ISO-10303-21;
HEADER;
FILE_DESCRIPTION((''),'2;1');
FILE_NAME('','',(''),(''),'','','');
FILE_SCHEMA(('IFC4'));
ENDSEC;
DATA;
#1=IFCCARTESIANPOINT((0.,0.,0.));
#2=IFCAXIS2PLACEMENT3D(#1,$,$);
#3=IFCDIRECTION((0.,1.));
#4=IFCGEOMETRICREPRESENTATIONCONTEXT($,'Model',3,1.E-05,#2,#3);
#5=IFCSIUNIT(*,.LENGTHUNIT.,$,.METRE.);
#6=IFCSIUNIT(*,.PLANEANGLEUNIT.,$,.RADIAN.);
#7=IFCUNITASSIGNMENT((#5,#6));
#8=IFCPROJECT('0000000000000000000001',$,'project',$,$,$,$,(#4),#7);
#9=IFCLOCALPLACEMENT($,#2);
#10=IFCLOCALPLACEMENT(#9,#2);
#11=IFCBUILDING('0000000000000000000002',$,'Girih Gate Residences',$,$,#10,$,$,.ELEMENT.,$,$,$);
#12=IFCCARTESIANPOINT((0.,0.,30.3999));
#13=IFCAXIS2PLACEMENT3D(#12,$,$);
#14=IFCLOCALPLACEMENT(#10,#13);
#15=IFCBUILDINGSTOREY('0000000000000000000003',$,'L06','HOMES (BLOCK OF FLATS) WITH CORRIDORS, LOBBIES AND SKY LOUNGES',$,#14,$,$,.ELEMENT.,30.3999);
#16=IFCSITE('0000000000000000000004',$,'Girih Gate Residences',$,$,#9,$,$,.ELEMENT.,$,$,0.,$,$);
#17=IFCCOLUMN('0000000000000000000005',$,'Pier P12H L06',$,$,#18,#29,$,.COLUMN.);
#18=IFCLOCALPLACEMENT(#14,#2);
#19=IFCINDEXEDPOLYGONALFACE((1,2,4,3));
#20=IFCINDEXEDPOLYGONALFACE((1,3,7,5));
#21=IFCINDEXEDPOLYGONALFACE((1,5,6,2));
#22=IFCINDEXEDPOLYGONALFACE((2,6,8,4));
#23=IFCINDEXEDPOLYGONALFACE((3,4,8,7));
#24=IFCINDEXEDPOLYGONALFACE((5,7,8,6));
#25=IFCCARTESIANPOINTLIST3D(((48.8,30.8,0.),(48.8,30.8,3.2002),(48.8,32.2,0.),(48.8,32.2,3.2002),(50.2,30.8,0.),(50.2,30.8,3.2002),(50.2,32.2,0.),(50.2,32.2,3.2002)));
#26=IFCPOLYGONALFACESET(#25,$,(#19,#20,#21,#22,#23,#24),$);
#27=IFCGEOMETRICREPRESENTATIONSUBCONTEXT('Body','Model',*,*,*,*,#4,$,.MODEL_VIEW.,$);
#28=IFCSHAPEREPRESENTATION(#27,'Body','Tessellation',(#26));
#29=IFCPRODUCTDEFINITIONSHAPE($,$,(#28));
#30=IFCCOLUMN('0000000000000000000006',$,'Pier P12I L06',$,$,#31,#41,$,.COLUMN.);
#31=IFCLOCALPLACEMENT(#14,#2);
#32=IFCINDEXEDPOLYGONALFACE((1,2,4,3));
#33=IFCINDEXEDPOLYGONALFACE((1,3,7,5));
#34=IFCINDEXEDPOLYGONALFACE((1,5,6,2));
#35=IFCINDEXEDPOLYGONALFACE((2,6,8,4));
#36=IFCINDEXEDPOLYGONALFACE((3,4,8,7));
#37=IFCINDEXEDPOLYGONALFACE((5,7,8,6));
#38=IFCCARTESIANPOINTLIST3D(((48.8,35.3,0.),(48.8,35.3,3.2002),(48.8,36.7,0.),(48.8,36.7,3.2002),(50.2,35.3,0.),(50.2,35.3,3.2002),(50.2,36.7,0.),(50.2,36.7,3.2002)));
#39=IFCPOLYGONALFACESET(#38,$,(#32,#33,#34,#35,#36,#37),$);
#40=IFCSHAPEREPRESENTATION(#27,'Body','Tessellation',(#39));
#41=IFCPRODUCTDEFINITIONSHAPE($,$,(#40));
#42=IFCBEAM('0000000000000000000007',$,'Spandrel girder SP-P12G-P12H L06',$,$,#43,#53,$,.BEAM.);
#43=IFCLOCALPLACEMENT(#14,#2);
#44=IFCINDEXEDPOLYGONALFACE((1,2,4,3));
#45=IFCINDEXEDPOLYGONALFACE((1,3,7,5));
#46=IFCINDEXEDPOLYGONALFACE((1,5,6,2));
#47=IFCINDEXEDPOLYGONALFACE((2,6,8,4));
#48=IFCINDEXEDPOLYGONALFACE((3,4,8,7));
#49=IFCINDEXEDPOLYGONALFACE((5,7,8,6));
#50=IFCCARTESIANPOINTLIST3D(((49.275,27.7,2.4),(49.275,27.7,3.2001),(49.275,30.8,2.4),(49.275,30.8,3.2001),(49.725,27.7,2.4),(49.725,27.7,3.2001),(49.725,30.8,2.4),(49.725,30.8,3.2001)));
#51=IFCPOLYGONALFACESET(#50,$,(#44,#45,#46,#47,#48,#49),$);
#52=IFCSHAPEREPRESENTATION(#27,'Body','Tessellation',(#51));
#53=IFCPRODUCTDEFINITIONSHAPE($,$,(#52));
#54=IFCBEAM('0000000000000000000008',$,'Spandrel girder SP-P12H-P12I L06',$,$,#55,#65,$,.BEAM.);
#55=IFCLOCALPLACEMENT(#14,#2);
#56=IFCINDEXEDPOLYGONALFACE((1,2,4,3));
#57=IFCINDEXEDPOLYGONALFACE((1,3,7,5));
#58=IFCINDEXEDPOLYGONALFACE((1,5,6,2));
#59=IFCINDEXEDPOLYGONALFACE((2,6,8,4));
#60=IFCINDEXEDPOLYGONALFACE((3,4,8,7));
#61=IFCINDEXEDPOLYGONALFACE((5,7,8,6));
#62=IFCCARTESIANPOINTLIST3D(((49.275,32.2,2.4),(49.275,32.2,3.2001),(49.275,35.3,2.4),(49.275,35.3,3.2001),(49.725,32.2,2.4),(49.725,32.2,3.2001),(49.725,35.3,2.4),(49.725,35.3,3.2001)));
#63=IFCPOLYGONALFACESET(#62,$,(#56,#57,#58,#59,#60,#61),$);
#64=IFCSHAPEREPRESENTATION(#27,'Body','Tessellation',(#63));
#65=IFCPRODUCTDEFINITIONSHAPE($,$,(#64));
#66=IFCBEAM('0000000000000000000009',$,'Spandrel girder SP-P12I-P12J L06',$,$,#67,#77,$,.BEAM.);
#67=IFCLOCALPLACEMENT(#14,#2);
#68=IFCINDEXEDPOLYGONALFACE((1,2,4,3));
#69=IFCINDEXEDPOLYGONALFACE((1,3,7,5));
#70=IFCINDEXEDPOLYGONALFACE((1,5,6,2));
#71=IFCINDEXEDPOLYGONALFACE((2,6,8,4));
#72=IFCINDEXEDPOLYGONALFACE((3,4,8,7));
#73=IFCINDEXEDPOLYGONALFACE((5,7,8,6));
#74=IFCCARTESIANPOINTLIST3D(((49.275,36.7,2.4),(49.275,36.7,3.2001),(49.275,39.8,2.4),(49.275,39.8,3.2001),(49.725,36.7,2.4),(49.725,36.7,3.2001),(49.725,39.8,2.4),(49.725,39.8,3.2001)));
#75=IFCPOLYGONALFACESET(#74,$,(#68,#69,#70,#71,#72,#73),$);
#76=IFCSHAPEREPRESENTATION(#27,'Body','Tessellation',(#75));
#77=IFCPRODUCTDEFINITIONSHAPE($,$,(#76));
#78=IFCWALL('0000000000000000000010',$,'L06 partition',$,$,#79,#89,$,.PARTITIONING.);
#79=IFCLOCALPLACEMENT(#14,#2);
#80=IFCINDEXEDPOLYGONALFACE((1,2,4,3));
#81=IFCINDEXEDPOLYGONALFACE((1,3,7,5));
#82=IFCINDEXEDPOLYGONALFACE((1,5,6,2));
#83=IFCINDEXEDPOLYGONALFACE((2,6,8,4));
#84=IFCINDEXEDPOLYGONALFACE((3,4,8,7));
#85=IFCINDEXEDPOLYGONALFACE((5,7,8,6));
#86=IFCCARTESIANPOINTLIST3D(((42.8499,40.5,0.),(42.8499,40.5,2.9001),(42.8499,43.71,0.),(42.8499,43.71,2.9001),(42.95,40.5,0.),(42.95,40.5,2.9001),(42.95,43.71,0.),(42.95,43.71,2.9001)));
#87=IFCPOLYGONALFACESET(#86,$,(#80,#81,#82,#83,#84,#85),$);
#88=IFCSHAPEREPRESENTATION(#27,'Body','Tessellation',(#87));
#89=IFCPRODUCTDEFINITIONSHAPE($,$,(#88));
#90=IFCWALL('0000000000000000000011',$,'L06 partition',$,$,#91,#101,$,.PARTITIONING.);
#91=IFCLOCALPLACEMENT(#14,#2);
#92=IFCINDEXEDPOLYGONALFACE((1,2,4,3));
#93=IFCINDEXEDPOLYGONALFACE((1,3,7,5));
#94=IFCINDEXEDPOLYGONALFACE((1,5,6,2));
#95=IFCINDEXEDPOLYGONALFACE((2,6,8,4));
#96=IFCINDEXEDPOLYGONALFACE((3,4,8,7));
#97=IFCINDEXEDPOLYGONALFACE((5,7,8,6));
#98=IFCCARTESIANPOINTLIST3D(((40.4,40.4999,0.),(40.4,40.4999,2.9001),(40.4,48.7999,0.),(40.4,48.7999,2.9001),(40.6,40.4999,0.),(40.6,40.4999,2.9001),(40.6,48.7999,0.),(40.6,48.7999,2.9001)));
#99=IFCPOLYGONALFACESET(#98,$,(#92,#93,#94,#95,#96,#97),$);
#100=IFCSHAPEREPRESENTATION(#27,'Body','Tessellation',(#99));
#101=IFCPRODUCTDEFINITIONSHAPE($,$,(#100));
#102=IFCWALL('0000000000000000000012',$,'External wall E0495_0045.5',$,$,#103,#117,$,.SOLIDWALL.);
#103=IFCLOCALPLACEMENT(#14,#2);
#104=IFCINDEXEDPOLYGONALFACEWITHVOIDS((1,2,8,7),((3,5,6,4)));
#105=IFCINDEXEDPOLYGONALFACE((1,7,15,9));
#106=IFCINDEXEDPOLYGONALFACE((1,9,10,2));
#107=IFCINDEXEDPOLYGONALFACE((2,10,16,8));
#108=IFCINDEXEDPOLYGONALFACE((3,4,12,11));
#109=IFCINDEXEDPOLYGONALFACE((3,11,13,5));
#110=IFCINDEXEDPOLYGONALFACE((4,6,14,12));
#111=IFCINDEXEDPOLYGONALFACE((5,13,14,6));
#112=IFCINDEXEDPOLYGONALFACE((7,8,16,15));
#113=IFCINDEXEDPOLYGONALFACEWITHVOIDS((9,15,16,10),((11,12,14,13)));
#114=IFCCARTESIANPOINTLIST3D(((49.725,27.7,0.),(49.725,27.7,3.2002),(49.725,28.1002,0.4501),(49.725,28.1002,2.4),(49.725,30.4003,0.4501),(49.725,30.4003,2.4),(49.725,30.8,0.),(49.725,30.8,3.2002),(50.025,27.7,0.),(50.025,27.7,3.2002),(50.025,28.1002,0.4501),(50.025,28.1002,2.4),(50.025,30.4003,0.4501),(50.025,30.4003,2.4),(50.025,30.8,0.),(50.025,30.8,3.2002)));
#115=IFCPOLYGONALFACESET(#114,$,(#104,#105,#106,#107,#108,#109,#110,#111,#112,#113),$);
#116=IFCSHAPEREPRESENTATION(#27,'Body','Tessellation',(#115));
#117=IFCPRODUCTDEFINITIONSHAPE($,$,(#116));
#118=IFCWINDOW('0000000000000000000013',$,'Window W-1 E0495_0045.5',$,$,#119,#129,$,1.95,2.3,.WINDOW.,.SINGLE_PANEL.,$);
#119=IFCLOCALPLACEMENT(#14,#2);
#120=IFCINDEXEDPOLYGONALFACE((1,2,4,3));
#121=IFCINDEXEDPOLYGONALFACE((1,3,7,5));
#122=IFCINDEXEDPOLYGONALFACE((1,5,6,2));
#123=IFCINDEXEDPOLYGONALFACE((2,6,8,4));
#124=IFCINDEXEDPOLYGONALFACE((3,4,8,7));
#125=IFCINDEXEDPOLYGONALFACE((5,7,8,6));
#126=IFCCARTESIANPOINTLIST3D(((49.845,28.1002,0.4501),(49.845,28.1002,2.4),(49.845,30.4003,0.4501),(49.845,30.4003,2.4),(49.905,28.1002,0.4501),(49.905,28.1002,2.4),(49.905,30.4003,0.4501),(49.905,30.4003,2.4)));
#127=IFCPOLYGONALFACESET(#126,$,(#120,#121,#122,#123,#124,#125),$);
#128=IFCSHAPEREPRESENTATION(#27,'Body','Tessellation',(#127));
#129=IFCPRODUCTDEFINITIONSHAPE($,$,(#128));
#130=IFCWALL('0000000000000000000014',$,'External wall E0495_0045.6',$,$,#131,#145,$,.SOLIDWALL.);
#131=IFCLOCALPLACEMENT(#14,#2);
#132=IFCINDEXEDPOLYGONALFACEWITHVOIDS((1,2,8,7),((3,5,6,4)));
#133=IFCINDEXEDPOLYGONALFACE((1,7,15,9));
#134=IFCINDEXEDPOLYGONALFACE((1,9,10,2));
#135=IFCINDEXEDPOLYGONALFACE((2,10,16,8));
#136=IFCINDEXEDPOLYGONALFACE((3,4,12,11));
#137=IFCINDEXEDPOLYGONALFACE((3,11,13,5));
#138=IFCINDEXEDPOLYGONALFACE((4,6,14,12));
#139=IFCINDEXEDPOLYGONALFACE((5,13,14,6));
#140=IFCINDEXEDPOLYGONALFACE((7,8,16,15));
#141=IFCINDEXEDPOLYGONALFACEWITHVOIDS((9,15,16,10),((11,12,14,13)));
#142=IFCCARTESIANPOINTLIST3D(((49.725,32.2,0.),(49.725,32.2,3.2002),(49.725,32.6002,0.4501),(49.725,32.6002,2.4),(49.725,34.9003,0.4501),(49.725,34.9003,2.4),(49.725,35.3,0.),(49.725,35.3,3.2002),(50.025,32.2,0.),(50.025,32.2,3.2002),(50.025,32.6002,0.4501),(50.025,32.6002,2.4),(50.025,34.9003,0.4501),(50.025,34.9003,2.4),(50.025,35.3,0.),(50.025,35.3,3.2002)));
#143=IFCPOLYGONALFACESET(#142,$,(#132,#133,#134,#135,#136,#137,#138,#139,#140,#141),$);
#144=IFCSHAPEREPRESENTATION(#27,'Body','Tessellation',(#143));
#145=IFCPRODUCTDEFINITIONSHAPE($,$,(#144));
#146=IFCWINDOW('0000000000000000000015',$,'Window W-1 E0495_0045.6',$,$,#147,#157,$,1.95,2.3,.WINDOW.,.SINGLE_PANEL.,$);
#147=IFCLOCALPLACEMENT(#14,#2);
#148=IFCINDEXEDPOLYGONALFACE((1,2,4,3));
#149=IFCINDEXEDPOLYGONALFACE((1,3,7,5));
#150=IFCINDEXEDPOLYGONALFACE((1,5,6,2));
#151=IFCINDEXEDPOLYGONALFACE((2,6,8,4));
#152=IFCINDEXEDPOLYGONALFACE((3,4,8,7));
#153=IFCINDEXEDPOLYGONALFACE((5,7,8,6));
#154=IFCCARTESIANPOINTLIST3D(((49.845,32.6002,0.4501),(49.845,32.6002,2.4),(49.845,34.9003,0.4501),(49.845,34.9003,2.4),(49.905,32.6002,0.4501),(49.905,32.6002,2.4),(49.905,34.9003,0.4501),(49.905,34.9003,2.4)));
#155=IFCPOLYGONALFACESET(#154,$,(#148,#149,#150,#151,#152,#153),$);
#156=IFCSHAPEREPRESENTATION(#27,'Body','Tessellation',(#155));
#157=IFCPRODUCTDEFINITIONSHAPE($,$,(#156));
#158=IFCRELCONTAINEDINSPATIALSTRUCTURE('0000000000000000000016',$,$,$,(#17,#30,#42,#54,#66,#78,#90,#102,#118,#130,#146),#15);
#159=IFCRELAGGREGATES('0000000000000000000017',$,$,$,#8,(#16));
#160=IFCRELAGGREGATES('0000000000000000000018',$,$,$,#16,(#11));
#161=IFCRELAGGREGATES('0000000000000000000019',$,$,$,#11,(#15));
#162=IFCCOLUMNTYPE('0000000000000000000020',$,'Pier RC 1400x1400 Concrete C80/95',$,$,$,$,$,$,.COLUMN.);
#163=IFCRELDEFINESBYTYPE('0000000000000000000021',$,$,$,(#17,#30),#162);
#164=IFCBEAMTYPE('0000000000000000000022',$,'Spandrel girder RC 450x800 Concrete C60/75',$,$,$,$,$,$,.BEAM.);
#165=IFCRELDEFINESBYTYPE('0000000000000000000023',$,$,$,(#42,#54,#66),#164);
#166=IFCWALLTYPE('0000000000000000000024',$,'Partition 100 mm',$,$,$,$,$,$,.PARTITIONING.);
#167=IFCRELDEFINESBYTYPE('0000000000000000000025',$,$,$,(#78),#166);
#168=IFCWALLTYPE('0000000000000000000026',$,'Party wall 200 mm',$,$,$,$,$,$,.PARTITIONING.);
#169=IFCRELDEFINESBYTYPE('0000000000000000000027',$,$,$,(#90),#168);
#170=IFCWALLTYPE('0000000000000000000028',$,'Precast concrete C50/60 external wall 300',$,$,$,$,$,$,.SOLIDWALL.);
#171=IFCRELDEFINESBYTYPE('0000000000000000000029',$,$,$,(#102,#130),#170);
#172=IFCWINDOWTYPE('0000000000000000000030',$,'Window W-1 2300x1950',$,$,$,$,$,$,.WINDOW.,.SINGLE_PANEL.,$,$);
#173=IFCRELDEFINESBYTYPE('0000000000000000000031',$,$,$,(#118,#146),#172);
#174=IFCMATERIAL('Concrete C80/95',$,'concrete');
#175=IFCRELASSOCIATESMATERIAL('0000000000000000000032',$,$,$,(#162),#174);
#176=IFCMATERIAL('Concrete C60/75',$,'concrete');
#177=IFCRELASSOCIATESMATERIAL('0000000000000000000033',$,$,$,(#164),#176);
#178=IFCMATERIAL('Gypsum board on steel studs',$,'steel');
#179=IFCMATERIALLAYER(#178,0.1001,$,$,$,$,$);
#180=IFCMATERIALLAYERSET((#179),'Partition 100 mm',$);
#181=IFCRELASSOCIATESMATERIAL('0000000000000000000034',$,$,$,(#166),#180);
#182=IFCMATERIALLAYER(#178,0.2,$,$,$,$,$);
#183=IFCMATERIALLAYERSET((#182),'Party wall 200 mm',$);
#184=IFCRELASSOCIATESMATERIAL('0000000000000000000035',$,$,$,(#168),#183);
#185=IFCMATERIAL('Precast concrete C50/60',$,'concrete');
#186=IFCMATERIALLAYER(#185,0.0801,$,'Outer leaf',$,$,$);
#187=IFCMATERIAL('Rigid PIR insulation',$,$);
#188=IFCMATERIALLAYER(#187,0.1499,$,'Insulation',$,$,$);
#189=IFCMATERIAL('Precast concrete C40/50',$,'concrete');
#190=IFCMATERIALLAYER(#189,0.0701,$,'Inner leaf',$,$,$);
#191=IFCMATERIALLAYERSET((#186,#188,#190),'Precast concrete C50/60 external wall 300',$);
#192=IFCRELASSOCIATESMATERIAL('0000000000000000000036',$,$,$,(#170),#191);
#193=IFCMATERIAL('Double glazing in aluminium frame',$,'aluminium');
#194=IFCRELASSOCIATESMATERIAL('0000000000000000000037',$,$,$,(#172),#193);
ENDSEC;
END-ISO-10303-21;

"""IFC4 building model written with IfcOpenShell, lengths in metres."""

from ifc_helpers import new_model, si_unit, direction, frame, frame_2d, origin, origin_2d, place, context, subcontext, project, spatial, rectangle, extrude, material, layer, layer_set, material_profile, profile_set, type_object, element, fill, save


model = new_model("IFC4")

# Units and contexts
model_context = context("Model", 3, precision=1e-05, world=origin(), true_north=direction((0.0, 1.0)))
body_context = subcontext(model_context, "Body", "Model", "MODEL_VIEW")
ifc_project = project(units=[si_unit("LENGTHUNIT", "METRE"), si_unit("PLANEANGLEUNIT", "RADIAN")], contexts=[model_context])

# Site, building, storey
site_placement = place(None, origin())
site = spatial("IfcSite", under=ifc_project, at=site_placement, Name="Girih Gate Residences", CompositionType="ELEMENT", RefElevation=0.0)
building_placement = place(site_placement, origin())
building = spatial("IfcBuilding", under=site, at=building_placement, Name="Girih Gate Residences", CompositionType="ELEMENT")
storey_placement = place(building_placement, frame((0.0, 0.0, 30.3999)))
storey = spatial("IfcBuildingStorey", under=building, at=storey_placement, Name="L06", Description="HOMES (BLOCK OF FLATS) WITH CORRIDORS, LOBBIES AND SKY LOUNGES", CompositionType="ELEMENT", Elevation=30.3999)

# Columns
ifc_material_1 = material(Name="Concrete C80/95", Category="concrete")
ifc_material_profile_1 = material_profile(ifc_material_1, rectangle(XDim=1.3999, YDim=1.3999, at=origin_2d()))
ifc_profile_set_1 = profile_set([ifc_material_profile_1], Name="Concrete C80/95")
column_type = type_object("IfcColumnType", Name="Pier RC 1400x1400 Concrete C80/95", PredefinedType="COLUMN", material=ifc_profile_set_1)
for number, where, z_axis, x_axis, name in (
    (1, (49.5, 31.5, 0.0), (0.0, 0.0, 1.0), (1.0, 0.0, 0.0), "Pier P12H L06"),
    (2, (49.5, 36.0, 0.0), (0.0, 0.0, 1.0), (1.0, 0.0, 0.0), "Pier P12I L06"),
):
    element("IfcColumn", number, at=place(storey_placement, frame(where, z_axis=z_axis, x_axis=x_axis)), inside=storey, type_object=column_type, Name=name, PredefinedType="COLUMN", context=body_context, shape_type="SweptSolid", body=[
        extrude(rectangle(XDim=1.3999, YDim=1.3999, at=origin_2d()), origin(), (0.0, 0.0, 1.0), 3.2002),
    ])

# Beams
ifc_material_2 = material(Name="Concrete C60/75", Category="concrete")
ifc_material_profile_2 = material_profile(ifc_material_2, rectangle(XDim=0.45, YDim=0.8, at=origin_2d()))
ifc_profile_set_2 = profile_set([ifc_material_profile_2], Name="Concrete C60/75")
beam_type = type_object("IfcBeamType", Name="Spandrel girder RC 450x800 Concrete C60/75", PredefinedType="BEAM", material=ifc_profile_set_2)
for number, where, z_axis, x_axis, name in (
    (3, (49.5, 27.7, 2.8), (0.0, 1.0, 0.0), (-1.0, 0.0, 0.0), "Spandrel girder SP-P12G-P12H L06"),
    (4, (49.5, 32.2, 2.8), (0.0, 1.0, 0.0), (-1.0, 0.0, 0.0), "Spandrel girder SP-P12H-P12I L06"),
    (5, (49.5, 36.7, 2.8), (0.0, 1.0, 0.0), (-1.0, 0.0, 0.0), "Spandrel girder SP-P12I-P12J L06"),
):
    element("IfcBeam", number, at=place(storey_placement, frame(where, z_axis=z_axis, x_axis=x_axis)), inside=storey, type_object=beam_type, Name=name, PredefinedType="BEAM", context=body_context, shape_type="SweptSolid", body=[
        extrude(rectangle(XDim=0.45, YDim=0.8, at=origin_2d()), origin(), (0.0, 0.0, 1.0), 3.1001),
    ])

# Walls
ifc_material_3 = material(Name="Gypsum board on steel studs", Category="steel")
ifc_layer_1 = layer(ifc_material_3, 0.1001)
ifc_layer_set_1 = layer_set([ifc_layer_1], Name="Partition 100 mm")
wall_type_1 = type_object("IfcWallType", Name="Partition 100 mm", PredefinedType="PARTITIONING", material=ifc_layer_set_1)
wall_1_placement = place(storey_placement, frame((42.8999, 40.5, 0.0), z_axis=(0.0, 0.0, 1.0), x_axis=(0.0, 1.0, 0.0)))
element("IfcWall", 6, at=wall_1_placement, inside=storey, type_object=wall_type_1, Name="L06 partition", PredefinedType="PARTITIONING", context=body_context, shape_type="SweptSolid", body=[
    extrude(rectangle(XDim=3.21, YDim=0.1001, at=frame_2d((1.605, 0.0))), origin(), (0.0, 0.0, 1.0), 2.9001),
])
ifc_layer_2 = layer(ifc_material_3, 0.2)
ifc_layer_set_2 = layer_set([ifc_layer_2], Name="Party wall 200 mm")
wall_type_2 = type_object("IfcWallType", Name="Party wall 200 mm", PredefinedType="PARTITIONING", material=ifc_layer_set_2)
wall_2_placement = place(storey_placement, frame((40.5, 40.5, 0.0), z_axis=(0.0, 0.0, 1.0), x_axis=(0.0, 1.0, 0.0)))
element("IfcWall", 7, at=wall_2_placement, inside=storey, type_object=wall_type_2, Name="L06 partition", PredefinedType="PARTITIONING", context=body_context, shape_type="SweptSolid", body=[
    extrude(rectangle(XDim=8.3, YDim=0.2, at=frame_2d((4.1499, 0.0))), origin(), (0.0, 0.0, 1.0), 2.9001),
])

# Walls, openings, windows
ifc_material_4 = material(Name="Precast concrete C50/60", Category="concrete")
ifc_layer_3 = layer(ifc_material_4, 0.0801, Name="Outer leaf")
ifc_material_5 = material(Name="Rigid PIR insulation")
ifc_layer_4 = layer(ifc_material_5, 0.1499, Name="Insulation")
ifc_material_6 = material(Name="Precast concrete C40/50", Category="concrete")
ifc_layer_5 = layer(ifc_material_6, 0.0701, Name="Inner leaf")
ifc_layer_set_3 = layer_set([ifc_layer_3, ifc_layer_4, ifc_layer_5], Name="Precast concrete C50/60 external wall 300")
wall_type_3 = type_object("IfcWallType", Name="Precast concrete C50/60 external wall 300", PredefinedType="SOLIDWALL", material=ifc_layer_set_3)
wall_3_placement = place(storey_placement, frame((49.875, 30.8, 0.0), z_axis=(0.0, 0.0, 1.0), x_axis=(0.0, -1.0, 0.0)))
wall_3 = element("IfcWall", 8, at=wall_3_placement, inside=storey, type_object=wall_type_3, Name="External wall E0495_0045.5", PredefinedType="SOLIDWALL", context=body_context, shape_type="SweptSolid", body=[
    extrude(rectangle(XDim=3.1001, YDim=0.3, at=frame_2d((1.55, 0.0))), origin(), (0.0, 0.0, 1.0), 3.2002),
])
opening_1_placement = place(wall_3_placement, frame((0.3999, 0.0, 0.45)))
opening_1 = element("IfcOpeningElement", 9, at=opening_1_placement, cuts=wall_3, PredefinedType="OPENING", context=body_context, shape_type="SweptSolid", body=[
    extrude(rectangle(XDim=2.3, YDim=1.95, at=frame_2d((1.1499, 0.9751))), frame((0.0, 0.1599, 0.0), z_axis=(0.0, -1.0, 0.0), x_axis=(1.0, 0.0, 0.0)), (0.0, 0.0, 1.0), 0.3201),
])
ifc_material_7 = material(Name="Double glazing in aluminium frame", Category="aluminium")
window_type = type_object("IfcWindowType", Name="Window W-1 2300x1950", PartitioningType="SINGLE_PANEL", PredefinedType="WINDOW", material=ifc_material_7)
window_1_placement = place(opening_1_placement, origin())
window_1 = element("IfcWindow", 10, at=window_1_placement, inside=storey, type_object=window_type, Name="Window W-1 E0495_0045.5", OverallHeight=1.95, OverallWidth=2.3, PartitioningType="SINGLE_PANEL", PredefinedType="WINDOW", context=body_context, shape_type="SweptSolid", body=[
    extrude(rectangle(XDim=2.3, YDim=1.95, at=frame_2d((1.1499, 0.9751))), frame((0.0, 0.03, 0.0), z_axis=(0.0, -1.0, 0.0), x_axis=(1.0, 0.0, 0.0)), (0.0, 0.0, 1.0), 0.0601),
])
fill(opening_1, window_1)
wall_4_placement = place(storey_placement, frame((49.875, 35.3, 0.0), z_axis=(0.0, 0.0, 1.0), x_axis=(0.0, -1.0, 0.0)))
wall_4 = element("IfcWall", 11, at=wall_4_placement, inside=storey, type_object=wall_type_3, Name="External wall E0495_0045.6", PredefinedType="SOLIDWALL", context=body_context, shape_type="SweptSolid", body=[
    extrude(rectangle(XDim=3.1001, YDim=0.3, at=frame_2d((1.55, 0.0))), origin(), (0.0, 0.0, 1.0), 3.2002),
])
opening_2_placement = place(wall_4_placement, frame((0.3999, 0.0, 0.45)))
opening_2 = element("IfcOpeningElement", 12, at=opening_2_placement, cuts=wall_4, PredefinedType="OPENING", context=body_context, shape_type="SweptSolid", body=[
    extrude(rectangle(XDim=2.3, YDim=1.95, at=frame_2d((1.1499, 0.9751))), frame((0.0, 0.1599, 0.0), z_axis=(0.0, -1.0, 0.0), x_axis=(1.0, 0.0, 0.0)), (0.0, 0.0, 1.0), 0.3201),
])
window_2_placement = place(opening_2_placement, origin())
window_2 = element("IfcWindow", 13, at=window_2_placement, inside=storey, type_object=window_type, Name="Window W-1 E0495_0045.6", OverallHeight=1.95, OverallWidth=2.3, PartitioningType="SINGLE_PANEL", PredefinedType="WINDOW", context=body_context, shape_type="SweptSolid", body=[
    extrude(rectangle(XDim=2.3, YDim=1.95, at=frame_2d((1.1499, 0.9751))), frame((0.0, 0.03, 0.0), z_axis=(0.0, -1.0, 0.0), x_axis=(1.0, 0.0, 0.0)), (0.0, 0.0, 1.0), 0.0601),
])
fill(opening_2, window_2)

save(model, "model.ifc")
